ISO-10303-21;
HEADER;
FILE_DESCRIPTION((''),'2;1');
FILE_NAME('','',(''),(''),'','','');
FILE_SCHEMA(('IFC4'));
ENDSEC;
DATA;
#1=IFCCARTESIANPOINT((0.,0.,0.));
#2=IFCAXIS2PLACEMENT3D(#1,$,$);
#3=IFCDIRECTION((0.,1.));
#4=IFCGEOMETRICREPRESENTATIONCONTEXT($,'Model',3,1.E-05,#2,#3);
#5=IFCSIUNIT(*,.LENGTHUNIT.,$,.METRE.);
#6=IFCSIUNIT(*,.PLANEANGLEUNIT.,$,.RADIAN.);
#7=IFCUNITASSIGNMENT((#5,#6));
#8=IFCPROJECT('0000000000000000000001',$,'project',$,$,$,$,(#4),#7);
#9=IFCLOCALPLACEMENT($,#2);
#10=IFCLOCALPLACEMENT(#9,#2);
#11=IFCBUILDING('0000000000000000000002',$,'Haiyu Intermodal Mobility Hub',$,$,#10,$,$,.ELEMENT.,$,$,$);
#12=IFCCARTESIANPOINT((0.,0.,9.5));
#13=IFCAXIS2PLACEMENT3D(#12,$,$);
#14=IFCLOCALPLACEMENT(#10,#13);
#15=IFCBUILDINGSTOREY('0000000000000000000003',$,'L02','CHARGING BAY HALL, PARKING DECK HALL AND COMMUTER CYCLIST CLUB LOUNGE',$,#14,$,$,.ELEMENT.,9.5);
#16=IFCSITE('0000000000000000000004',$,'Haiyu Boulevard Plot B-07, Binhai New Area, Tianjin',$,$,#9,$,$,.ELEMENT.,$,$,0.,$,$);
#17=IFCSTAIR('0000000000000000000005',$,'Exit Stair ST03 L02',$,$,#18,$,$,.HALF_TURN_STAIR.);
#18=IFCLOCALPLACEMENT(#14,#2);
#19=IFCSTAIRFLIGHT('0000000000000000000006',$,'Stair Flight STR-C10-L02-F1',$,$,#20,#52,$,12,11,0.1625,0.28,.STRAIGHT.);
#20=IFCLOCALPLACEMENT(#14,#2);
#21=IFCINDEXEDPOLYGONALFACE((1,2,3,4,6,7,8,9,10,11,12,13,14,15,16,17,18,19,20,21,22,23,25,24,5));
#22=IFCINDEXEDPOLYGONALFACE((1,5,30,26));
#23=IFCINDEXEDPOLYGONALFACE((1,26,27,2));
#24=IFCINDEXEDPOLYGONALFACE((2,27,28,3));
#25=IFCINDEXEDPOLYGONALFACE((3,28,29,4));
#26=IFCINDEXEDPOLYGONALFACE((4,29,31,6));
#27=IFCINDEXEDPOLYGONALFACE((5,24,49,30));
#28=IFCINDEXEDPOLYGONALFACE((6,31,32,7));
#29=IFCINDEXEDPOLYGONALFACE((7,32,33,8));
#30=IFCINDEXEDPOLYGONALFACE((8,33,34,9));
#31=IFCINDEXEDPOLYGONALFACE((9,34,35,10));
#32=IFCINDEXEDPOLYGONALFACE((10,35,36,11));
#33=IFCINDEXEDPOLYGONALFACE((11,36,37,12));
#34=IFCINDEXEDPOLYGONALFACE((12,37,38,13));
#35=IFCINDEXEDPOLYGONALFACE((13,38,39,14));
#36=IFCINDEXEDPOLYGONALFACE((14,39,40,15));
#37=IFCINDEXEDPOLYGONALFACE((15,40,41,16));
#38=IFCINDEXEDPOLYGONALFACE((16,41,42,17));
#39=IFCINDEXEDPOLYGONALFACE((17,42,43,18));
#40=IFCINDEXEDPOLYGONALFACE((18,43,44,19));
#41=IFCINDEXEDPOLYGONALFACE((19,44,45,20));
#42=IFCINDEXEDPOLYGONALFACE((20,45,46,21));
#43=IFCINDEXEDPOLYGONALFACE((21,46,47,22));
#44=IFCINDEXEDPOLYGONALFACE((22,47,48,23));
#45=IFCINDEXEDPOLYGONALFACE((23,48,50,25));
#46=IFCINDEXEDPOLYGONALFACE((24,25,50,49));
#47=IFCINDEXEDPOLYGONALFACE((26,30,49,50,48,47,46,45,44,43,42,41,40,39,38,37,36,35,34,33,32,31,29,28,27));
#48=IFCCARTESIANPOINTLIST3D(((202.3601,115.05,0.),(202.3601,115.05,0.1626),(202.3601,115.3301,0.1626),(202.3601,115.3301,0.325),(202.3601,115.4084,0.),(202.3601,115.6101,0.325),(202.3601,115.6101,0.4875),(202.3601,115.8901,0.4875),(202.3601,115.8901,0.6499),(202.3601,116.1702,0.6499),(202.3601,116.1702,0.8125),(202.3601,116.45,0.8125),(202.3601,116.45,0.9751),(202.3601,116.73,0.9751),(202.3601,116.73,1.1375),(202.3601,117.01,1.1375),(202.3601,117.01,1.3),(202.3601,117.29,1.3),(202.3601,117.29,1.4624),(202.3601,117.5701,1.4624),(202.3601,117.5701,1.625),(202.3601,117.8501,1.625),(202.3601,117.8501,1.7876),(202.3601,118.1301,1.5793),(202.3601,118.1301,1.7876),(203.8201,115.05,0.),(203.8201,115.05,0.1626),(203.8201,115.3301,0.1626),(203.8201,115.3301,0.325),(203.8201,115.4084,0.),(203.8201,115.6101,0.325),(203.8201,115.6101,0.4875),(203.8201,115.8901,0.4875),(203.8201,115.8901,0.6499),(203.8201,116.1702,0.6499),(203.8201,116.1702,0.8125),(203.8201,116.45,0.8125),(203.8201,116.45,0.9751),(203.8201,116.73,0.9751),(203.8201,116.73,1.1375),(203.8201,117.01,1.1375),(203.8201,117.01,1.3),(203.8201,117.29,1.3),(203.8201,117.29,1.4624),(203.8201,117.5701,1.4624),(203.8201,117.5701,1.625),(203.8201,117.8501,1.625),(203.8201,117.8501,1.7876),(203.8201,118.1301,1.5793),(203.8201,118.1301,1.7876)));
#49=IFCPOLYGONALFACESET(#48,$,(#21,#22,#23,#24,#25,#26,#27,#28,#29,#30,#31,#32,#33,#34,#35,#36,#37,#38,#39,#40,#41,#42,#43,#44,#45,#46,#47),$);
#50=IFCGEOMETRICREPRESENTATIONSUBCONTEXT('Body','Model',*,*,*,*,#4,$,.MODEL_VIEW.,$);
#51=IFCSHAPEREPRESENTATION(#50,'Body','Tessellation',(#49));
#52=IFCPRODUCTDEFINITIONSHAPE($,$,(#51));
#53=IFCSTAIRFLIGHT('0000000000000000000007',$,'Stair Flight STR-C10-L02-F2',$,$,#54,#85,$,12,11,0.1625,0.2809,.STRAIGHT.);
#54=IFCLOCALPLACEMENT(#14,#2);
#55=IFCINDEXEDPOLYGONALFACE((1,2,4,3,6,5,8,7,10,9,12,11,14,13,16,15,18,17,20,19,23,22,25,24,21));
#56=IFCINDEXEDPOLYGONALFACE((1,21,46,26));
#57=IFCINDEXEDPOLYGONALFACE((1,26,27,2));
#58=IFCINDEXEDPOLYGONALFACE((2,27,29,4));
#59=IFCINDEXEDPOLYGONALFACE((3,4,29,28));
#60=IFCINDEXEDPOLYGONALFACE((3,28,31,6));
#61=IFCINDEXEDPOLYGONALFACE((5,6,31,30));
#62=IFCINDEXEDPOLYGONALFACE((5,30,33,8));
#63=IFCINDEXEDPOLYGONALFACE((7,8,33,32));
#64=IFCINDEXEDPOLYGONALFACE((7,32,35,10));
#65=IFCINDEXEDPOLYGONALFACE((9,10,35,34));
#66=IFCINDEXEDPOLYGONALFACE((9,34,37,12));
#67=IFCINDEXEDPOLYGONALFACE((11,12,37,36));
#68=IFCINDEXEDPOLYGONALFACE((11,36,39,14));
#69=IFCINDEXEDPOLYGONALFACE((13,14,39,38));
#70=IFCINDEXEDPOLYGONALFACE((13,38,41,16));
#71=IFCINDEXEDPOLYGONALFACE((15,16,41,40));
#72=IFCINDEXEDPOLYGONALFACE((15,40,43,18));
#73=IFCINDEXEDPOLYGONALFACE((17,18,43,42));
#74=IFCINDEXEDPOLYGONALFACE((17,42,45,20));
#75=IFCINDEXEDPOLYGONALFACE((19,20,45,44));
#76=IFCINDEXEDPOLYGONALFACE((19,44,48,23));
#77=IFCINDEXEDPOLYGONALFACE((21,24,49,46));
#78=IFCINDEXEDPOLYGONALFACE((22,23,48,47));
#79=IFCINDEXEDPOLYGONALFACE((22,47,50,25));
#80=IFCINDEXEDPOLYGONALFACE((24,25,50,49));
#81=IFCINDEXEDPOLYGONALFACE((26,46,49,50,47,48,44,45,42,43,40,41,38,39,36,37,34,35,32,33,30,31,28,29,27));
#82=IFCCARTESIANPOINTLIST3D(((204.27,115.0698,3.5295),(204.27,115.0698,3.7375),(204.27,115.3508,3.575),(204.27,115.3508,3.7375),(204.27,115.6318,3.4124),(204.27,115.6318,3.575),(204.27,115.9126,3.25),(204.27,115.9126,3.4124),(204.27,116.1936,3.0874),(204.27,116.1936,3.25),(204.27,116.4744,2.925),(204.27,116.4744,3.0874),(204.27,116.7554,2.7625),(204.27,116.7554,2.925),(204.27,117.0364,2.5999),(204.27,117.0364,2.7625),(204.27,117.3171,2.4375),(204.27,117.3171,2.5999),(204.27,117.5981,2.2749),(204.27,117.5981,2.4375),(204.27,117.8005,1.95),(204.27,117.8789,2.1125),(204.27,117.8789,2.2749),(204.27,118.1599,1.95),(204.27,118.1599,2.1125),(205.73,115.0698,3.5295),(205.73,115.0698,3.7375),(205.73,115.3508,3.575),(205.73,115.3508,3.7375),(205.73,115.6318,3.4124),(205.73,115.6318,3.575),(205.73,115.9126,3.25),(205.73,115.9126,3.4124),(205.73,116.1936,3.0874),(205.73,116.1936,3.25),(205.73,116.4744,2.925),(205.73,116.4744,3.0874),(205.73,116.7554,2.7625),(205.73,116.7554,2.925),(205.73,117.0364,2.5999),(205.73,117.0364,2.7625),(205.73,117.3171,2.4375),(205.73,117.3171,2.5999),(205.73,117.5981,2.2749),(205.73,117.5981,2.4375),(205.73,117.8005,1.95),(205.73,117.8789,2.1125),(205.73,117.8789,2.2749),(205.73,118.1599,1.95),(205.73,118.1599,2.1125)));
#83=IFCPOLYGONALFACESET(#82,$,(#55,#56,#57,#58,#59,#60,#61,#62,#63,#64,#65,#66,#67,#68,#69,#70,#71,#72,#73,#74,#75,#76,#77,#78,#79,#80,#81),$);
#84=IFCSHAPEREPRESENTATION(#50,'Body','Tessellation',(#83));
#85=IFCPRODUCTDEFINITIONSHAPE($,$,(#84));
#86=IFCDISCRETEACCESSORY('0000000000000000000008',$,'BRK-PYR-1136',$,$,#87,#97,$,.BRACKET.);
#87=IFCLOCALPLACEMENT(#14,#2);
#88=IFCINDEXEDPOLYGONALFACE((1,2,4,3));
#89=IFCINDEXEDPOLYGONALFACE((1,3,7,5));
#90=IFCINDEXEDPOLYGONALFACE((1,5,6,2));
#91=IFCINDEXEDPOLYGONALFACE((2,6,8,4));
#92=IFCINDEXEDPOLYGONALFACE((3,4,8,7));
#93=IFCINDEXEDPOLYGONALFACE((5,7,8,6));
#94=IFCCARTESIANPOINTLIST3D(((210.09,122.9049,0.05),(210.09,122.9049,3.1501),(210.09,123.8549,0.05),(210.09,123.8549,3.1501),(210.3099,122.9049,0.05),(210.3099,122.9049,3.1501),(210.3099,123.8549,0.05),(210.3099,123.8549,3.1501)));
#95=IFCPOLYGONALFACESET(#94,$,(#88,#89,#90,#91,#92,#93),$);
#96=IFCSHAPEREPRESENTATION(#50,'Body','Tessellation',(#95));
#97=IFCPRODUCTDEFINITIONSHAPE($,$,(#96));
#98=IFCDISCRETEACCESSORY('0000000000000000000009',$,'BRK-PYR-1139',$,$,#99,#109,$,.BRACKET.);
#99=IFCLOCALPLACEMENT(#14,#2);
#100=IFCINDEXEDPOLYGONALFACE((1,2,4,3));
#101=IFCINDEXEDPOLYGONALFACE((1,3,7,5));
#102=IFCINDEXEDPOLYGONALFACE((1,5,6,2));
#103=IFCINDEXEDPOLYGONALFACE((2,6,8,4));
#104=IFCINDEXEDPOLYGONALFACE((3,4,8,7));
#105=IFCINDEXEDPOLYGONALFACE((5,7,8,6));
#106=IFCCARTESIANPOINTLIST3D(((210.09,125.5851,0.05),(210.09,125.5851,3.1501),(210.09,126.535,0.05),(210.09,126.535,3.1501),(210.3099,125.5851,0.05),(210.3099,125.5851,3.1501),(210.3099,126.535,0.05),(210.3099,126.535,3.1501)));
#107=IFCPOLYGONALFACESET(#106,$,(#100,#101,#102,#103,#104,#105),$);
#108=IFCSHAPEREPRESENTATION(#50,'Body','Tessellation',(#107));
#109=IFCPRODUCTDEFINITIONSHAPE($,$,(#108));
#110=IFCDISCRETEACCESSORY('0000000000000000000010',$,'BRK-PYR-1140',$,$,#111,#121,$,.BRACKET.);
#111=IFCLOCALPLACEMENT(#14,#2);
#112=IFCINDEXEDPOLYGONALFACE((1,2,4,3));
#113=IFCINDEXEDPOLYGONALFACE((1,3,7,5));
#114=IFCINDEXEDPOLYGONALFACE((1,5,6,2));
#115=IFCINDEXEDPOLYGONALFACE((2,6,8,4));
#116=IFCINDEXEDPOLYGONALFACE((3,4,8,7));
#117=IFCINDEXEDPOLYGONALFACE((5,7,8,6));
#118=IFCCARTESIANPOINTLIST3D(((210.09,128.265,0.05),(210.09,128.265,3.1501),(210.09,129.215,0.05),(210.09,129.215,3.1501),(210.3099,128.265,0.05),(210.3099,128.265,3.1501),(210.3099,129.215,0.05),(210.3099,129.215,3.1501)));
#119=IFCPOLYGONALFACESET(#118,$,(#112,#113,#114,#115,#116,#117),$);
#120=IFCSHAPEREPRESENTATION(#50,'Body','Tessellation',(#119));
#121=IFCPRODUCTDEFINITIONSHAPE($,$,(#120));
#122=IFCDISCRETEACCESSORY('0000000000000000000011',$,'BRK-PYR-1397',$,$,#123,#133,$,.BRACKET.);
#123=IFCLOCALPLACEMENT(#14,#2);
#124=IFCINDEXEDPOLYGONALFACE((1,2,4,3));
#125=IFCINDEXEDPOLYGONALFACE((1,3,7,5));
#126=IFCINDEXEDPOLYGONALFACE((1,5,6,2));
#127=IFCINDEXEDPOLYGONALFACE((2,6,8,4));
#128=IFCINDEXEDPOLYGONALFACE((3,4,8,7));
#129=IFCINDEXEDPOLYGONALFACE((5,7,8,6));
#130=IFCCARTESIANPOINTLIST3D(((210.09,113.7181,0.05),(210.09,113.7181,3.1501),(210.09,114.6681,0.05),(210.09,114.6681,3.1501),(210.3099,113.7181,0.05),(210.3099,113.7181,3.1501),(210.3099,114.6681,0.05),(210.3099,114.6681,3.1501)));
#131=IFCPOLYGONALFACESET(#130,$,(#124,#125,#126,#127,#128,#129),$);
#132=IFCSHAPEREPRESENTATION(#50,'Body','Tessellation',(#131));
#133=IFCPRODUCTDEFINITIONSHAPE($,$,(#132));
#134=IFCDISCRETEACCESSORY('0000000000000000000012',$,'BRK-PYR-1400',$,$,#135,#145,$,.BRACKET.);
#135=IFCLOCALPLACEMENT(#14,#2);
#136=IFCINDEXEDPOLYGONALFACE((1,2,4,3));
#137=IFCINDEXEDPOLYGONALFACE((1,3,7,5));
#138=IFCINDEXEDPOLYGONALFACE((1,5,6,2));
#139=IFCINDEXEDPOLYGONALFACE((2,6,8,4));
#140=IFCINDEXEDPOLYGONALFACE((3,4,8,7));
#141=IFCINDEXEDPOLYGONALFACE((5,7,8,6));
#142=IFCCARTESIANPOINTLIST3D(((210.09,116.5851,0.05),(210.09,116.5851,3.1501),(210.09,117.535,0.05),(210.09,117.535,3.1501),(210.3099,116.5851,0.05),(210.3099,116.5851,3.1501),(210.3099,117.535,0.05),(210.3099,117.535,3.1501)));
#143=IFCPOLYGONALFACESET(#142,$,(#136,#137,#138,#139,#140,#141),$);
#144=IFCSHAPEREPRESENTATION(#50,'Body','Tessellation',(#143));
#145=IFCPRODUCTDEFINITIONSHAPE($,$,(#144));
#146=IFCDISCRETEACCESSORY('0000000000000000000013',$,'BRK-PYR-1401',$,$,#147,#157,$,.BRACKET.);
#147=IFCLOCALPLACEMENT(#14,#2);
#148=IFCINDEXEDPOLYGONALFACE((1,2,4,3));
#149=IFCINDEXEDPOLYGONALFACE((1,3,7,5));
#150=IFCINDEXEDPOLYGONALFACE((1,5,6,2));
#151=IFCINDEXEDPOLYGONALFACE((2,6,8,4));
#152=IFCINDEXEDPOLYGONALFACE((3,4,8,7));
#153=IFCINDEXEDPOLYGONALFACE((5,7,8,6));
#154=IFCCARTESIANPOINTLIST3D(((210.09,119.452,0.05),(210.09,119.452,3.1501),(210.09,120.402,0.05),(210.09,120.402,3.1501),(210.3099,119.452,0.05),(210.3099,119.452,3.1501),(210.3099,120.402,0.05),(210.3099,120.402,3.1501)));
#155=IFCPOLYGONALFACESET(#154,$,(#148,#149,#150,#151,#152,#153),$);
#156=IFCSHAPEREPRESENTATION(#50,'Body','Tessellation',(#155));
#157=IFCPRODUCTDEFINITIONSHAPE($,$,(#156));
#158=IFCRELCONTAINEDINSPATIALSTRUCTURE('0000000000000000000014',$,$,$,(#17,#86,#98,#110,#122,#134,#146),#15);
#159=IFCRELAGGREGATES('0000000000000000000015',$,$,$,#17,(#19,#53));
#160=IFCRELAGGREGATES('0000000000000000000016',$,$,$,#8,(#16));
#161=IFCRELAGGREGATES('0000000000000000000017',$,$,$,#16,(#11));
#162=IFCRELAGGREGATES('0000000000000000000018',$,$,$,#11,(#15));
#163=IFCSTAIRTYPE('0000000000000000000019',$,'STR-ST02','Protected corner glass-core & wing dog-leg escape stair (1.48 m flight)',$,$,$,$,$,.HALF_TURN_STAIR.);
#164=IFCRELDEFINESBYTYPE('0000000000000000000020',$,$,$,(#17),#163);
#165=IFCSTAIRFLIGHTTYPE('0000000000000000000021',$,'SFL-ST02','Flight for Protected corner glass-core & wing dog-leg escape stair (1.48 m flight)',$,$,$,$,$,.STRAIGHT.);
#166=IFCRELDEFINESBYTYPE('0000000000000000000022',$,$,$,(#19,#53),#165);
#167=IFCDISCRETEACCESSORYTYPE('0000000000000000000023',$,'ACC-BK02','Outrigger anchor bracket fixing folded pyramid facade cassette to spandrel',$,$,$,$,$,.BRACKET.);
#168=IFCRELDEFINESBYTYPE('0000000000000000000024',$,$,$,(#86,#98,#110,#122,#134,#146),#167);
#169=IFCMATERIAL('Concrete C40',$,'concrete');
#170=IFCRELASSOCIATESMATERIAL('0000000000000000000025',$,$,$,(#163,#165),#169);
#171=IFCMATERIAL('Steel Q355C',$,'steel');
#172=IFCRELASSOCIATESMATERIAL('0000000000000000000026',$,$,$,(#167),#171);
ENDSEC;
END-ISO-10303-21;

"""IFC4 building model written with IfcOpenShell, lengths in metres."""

from ifc_helpers import new_model, si_unit, direction, frame, origin, origin_2d, place, context, subcontext, project, spatial, polyline, rectangle, outline, extrude, material, type_object, element, aggregate, save


model = new_model("IFC4")

# Units and contexts
model_context = context("Model", 3, precision=1e-05, world=origin(), true_north=direction((0.0, 1.0)))
body_context = subcontext(model_context, "Body", "Model", "MODEL_VIEW")
ifc_project = project(units=[si_unit("LENGTHUNIT", "METRE"), si_unit("PLANEANGLEUNIT", "RADIAN")], contexts=[model_context])

# Site, building, storey
site_placement = place(None, origin())
site = spatial("IfcSite", under=ifc_project, at=site_placement, Name="Haiyu Boulevard Plot B-07, Binhai New Area, Tianjin", CompositionType="ELEMENT", RefElevation=0.0)
building_placement = place(site_placement, origin())
building = spatial("IfcBuilding", under=site, at=building_placement, Name="Haiyu Intermodal Mobility Hub", CompositionType="ELEMENT")
storey_placement = place(building_placement, frame((0.0, 0.0, 9.5)))
storey = spatial("IfcBuildingStorey", under=building, at=storey_placement, Name="L02", Description="CHARGING BAY HALL, PARKING DECK HALL AND COMMUTER CYCLIST CLUB LOUNGE", CompositionType="ELEMENT", Elevation=9.5)

# Shared definitions
ifc_material_1 = material(Name="Concrete C40", Category="concrete")

# Shared definitions
ifc_material_2 = material(Name="Steel Q355C", Category="steel")

# Stair, stair flights
stair_type = type_object("IfcStairType", Name="STR-ST02", Description="Protected corner glass-core & wing dog-leg escape stair (1.48 m flight)", PredefinedType="HALF_TURN_STAIR", material=ifc_material_1)
stair_placement = place(storey_placement, origin())
stair = element("IfcStair", 1, at=stair_placement, inside=storey, type_object=stair_type, Name="Exit Stair ST03 L02", PredefinedType="HALF_TURN_STAIR")
stair_flight_type = type_object("IfcStairFlightType", Name="SFL-ST02", Description="Flight for Protected corner glass-core & wing dog-leg escape stair (1.48 m flight)", PredefinedType="STRAIGHT", material=ifc_material_1)
stair_flight_1_placement = place(storey_placement, frame((203.0901, 115.05, 0.0), z_axis=(0.0, 0.0, 1.0), x_axis=(0.0, 1.0, 0.0)))
stair_flight_1 = element("IfcStairFlight", 2, at=stair_flight_1_placement, type_object=stair_flight_type, Name="Stair Flight STR-C10-L02-F1", NumberOfRisers=12, NumberOfTreads=11, PredefinedType="STRAIGHT", RiserHeight=0.1625, TreadLength=0.28, context=body_context, shape_type="SweptSolid", body=[
    extrude(outline(polyline([(0.0, 0.0), (0.0, 0.1626), (0.28, 0.1626), (0.28, 0.325), (0.5601, 0.325), (0.5601, 0.4875), (0.8401, 0.4875), (0.8401, 0.6499), (1.1201, 0.6499), (1.1201, 0.8125), (1.3999, 0.8125), (1.3999, 0.9751), (1.6799, 0.9751), (1.6799, 1.1375), (1.96, 1.1375), (1.96, 1.3), (2.24, 1.3), (2.24, 1.4624), (2.52, 1.4624), (2.52, 1.625), (2.8, 1.625), (2.8, 1.7876), (3.0801, 1.7876), (3.0801, 1.95), (3.0801, 1.5793), (0.3584, 0.0), (0.0, 0.0)])), frame((0.0, 0.73, 0.0), z_axis=(0.0, -1.0, 0.0), x_axis=(1.0, 0.0, 0.0)), (0.0, 0.0, 1.0), 1.46),
])
stair_flight_2_placement = place(storey_placement, frame((205.0, 118.1599, 1.95), z_axis=(0.0, 0.0, 1.0), x_axis=(0.0, -1.0, 0.0)))
stair_flight_2 = element("IfcStairFlight", 3, at=stair_flight_2_placement, type_object=stair_flight_type, Name="Stair Flight STR-C10-L02-F2", NumberOfRisers=12, NumberOfTreads=11, PredefinedType="STRAIGHT", RiserHeight=0.1625, TreadLength=0.2809, context=body_context, shape_type="SweptSolid", body=[
    extrude(outline(polyline([(0.0, 0.0), (0.0, 0.1626), (0.281, 0.1626), (0.281, 0.325), (0.5618, 0.325), (0.5618, 0.4875), (0.8428, 0.4875), (0.8428, 0.6499), (1.1235, 0.6499), (1.1235, 0.8125), (1.4045, 0.8125), (1.4045, 0.9751), (1.6855, 0.9751), (1.6855, 1.1375), (1.9663, 1.1375), (1.9663, 1.3), (2.2473, 1.3), (2.2473, 1.4624), (2.5281, 1.4624), (2.5281, 1.625), (2.8091, 1.625), (2.8091, 1.7876), (3.0901, 1.7876), (3.0901, 1.95), (3.0901, 1.5796), (0.3594, 0.0), (0.0, 0.0)])), frame((0.0, 0.73, 0.0), z_axis=(0.0, -1.0, 0.0), x_axis=(1.0, 0.0, 0.0)), (0.0, 0.0, 1.0), 1.46),
])
aggregate(stair, [stair_flight_1, stair_flight_2])

# Discrete accessories
discrete_accessory_type = type_object("IfcDiscreteAccessoryType", Name="ACC-BK02", Description="Outrigger anchor bracket fixing folded pyramid facade cassette to spandrel", PredefinedType="BRACKET", material=ifc_material_2)
for number, where, z_axis, x_axis, name in (
    (4, (210.2, 123.3799, 0.05), (0.0, 0.0, 1.0), (1.0, 0.0, 0.0), "BRK-PYR-1136"),
    (5, (210.2, 126.0601, 0.05), (0.0, 0.0, 1.0), (1.0, 0.0, 0.0), "BRK-PYR-1139"),
    (6, (210.2, 128.74, 0.05), (0.0, 0.0, 1.0), (1.0, 0.0, 0.0), "BRK-PYR-1140"),
    (7, (210.2, 114.1931, 0.05), (0.0, 0.0, 1.0), (1.0, 0.0, 0.0), "BRK-PYR-1397"),
    (8, (210.2, 117.0601, 0.05), (0.0, 0.0, 1.0), (1.0, 0.0, 0.0), "BRK-PYR-1400"),
    (9, (210.2, 119.927, 0.05), (0.0, 0.0, 1.0), (1.0, 0.0, 0.0), "BRK-PYR-1401"),
):
    element("IfcDiscreteAccessory", number, at=place(storey_placement, frame(where, z_axis=z_axis, x_axis=x_axis)), inside=storey, type_object=discrete_accessory_type, Name=name, PredefinedType="BRACKET", context=body_context, shape_type="SweptSolid", body=[
        extrude(rectangle(XDim=0.22, YDim=0.95, at=origin_2d()), origin(), (0.0, 0.0, 1.0), 3.1001),
    ])

save(model, "model.ifc")
